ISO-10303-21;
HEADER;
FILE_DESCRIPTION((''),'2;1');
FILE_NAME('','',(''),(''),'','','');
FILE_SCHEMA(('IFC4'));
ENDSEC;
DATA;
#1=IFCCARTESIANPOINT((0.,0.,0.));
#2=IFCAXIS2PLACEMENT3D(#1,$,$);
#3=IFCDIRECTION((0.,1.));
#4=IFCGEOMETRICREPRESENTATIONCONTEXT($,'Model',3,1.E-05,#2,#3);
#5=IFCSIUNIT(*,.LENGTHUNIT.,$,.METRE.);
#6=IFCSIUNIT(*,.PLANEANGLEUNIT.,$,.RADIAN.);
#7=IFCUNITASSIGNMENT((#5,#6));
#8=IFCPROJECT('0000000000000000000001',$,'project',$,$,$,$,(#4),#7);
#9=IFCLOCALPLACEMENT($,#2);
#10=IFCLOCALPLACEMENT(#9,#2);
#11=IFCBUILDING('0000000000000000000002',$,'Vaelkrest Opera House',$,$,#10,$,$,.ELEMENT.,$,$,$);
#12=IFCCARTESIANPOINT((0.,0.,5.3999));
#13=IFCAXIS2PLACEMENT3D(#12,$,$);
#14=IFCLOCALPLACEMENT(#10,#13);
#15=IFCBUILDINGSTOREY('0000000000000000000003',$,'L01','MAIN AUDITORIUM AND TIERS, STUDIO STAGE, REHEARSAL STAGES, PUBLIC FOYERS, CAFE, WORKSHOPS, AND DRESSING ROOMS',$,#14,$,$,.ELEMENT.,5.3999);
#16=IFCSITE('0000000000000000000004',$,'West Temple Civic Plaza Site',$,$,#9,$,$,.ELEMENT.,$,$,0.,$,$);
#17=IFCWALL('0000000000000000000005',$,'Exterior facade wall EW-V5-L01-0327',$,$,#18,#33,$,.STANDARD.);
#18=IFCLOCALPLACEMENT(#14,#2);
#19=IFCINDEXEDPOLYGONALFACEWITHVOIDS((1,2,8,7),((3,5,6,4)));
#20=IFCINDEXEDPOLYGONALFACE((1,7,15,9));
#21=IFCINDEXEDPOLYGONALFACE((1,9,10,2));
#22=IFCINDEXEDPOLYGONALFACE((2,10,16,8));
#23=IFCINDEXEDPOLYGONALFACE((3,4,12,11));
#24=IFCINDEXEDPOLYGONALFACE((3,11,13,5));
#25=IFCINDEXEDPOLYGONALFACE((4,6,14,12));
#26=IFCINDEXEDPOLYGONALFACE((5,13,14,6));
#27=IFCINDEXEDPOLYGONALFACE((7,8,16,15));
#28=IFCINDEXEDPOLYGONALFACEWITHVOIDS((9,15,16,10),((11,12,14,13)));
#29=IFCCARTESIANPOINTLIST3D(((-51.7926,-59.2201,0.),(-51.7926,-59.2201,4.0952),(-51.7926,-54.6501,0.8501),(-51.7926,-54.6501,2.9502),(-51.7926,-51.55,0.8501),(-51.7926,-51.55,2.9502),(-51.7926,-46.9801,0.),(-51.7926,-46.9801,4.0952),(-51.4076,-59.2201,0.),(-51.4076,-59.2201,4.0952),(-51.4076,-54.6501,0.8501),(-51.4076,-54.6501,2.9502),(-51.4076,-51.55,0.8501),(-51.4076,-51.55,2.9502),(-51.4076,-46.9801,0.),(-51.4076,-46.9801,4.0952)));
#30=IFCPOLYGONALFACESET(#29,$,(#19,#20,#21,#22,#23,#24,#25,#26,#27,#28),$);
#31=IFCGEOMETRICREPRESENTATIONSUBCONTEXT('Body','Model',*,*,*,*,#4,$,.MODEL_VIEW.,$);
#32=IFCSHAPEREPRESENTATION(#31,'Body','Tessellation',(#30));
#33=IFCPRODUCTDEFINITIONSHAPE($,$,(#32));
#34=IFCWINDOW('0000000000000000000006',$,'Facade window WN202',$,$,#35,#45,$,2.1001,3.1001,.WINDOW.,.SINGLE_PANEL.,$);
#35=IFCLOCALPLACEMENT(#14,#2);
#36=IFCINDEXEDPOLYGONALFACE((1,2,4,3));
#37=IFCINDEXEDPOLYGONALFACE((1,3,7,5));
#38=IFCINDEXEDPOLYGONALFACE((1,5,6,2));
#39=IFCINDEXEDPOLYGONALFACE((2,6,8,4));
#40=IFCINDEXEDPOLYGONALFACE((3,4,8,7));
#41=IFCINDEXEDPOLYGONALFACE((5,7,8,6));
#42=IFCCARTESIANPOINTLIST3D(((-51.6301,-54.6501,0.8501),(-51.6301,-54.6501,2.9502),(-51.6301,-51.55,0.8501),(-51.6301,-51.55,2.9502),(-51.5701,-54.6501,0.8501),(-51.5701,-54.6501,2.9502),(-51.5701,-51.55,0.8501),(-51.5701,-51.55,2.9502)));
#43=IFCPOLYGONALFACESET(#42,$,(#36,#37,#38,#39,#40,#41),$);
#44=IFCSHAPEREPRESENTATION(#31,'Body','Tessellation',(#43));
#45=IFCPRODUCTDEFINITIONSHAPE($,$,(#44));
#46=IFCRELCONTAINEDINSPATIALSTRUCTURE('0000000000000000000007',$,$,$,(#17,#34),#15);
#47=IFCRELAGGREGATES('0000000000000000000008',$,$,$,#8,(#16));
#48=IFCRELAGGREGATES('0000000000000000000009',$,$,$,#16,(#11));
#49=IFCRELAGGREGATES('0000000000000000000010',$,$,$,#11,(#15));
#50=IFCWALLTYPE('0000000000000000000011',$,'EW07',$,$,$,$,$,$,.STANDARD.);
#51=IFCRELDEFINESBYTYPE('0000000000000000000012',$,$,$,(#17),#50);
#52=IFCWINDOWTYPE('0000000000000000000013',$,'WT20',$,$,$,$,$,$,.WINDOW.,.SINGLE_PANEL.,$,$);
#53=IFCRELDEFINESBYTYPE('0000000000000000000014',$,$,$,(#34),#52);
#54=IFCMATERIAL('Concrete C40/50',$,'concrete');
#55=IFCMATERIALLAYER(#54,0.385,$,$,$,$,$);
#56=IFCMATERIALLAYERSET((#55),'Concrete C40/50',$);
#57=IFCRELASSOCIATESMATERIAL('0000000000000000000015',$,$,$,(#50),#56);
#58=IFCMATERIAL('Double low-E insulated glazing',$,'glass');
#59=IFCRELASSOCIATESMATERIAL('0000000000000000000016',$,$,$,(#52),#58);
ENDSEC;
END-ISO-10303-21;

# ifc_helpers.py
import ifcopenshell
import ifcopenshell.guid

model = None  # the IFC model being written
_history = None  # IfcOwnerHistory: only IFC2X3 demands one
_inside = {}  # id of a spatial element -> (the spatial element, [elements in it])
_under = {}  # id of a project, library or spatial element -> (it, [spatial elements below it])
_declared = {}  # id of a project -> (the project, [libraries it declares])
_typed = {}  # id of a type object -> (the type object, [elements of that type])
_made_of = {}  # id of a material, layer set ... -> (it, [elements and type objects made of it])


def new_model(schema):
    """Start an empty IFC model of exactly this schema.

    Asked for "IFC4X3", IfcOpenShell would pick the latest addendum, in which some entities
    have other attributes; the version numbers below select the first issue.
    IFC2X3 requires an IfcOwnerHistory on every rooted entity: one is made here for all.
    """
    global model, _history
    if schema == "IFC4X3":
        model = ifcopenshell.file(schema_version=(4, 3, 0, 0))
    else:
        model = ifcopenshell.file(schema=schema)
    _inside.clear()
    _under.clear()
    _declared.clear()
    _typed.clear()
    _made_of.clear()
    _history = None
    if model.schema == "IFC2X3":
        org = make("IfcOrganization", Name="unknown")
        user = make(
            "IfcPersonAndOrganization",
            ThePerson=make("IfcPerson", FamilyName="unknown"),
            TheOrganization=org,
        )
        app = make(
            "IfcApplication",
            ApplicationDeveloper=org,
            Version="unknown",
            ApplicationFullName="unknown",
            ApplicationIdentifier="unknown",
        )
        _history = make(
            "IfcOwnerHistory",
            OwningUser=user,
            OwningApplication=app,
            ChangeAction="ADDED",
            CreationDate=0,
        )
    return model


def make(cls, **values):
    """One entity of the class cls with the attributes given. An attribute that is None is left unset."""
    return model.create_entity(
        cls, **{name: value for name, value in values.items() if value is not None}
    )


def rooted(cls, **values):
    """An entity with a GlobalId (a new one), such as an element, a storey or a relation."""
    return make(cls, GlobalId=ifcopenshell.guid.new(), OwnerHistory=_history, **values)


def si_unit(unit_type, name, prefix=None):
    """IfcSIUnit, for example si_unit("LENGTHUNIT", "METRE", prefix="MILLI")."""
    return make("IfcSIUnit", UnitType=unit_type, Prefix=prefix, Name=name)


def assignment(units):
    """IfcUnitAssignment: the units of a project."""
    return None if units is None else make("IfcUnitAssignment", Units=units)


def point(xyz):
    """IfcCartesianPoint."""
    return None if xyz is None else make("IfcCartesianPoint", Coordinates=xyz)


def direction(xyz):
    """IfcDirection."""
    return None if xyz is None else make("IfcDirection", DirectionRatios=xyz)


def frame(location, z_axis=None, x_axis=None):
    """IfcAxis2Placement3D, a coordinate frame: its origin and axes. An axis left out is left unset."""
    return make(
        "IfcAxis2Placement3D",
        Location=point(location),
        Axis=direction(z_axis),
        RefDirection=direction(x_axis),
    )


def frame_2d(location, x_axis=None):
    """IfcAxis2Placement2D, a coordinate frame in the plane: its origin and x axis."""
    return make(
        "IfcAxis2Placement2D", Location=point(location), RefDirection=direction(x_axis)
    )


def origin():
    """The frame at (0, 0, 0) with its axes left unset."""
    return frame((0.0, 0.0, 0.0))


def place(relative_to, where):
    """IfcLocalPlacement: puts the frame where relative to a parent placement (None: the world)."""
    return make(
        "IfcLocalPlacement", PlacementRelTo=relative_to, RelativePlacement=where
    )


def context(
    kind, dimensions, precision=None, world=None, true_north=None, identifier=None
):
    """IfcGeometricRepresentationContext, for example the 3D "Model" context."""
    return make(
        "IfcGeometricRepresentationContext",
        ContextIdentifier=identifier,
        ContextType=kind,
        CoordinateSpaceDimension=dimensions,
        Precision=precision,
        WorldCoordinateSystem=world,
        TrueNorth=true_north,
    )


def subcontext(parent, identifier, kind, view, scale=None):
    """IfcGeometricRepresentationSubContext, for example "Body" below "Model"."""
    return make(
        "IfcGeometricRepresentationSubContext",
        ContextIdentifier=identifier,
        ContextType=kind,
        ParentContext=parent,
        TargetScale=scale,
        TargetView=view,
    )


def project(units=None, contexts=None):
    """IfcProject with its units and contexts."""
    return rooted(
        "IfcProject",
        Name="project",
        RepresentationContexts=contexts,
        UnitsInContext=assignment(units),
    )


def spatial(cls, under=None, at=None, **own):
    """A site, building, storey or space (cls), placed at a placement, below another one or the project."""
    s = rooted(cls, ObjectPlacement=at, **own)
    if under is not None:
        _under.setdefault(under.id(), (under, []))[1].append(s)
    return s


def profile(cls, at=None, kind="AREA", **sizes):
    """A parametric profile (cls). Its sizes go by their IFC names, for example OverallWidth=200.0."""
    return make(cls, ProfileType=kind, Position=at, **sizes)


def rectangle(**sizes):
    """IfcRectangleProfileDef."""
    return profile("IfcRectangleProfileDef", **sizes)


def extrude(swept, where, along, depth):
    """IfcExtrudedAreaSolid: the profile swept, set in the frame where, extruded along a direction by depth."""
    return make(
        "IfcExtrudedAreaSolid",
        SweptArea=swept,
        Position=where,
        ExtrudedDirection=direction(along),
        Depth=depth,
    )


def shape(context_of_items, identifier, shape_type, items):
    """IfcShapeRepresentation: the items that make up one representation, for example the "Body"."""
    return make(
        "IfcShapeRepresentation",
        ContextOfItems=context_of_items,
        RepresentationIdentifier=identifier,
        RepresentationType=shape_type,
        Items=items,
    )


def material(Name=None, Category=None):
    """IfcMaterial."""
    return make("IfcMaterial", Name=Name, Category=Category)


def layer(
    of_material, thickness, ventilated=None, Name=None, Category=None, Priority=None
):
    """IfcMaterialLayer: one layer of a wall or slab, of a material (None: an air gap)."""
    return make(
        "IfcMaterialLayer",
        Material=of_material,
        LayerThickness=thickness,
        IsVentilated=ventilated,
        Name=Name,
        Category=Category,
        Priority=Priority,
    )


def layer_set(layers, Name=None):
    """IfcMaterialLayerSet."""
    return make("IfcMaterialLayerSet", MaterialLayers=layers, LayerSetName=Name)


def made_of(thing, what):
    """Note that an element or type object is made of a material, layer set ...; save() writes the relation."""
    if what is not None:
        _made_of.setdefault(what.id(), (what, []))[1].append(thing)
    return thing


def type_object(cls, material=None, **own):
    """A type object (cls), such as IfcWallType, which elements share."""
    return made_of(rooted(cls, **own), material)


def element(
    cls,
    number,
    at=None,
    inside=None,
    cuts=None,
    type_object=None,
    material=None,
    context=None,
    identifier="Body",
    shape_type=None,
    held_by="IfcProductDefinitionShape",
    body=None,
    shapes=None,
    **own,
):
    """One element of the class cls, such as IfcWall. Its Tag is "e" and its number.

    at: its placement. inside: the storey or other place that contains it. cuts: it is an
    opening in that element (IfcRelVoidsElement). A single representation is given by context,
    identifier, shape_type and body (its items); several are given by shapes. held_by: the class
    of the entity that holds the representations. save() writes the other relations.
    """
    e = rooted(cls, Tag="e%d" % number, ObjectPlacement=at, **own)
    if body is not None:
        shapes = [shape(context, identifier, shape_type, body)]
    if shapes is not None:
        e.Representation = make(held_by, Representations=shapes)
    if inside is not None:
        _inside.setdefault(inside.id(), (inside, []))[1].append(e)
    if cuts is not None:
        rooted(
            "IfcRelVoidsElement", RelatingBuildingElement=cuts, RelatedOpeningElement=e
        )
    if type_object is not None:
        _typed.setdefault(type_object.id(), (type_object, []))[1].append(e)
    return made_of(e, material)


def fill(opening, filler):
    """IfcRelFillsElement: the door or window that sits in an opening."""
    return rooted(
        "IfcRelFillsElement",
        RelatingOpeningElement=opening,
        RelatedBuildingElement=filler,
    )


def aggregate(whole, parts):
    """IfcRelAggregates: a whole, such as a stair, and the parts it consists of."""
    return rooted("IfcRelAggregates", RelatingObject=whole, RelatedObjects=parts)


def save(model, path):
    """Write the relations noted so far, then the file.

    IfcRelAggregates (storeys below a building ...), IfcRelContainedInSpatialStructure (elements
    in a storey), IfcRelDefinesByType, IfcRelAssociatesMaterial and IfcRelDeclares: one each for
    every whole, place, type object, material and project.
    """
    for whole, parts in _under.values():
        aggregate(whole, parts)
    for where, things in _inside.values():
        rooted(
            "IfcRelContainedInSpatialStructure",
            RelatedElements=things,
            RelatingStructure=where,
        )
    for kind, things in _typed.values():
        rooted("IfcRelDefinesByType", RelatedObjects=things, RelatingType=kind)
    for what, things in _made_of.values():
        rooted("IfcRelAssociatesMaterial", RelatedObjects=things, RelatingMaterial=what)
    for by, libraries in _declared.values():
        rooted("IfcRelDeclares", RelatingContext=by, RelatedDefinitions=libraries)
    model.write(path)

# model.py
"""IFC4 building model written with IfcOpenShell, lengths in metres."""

from ifc_helpers import new_model, si_unit, direction, frame, frame_2d, origin, place, context, subcontext, project, spatial, rectangle, extrude, material, layer, layer_set, type_object, element, fill, save


model = new_model("IFC4")

# Units and contexts
model_context = context("Model", 3, precision=1e-05, world=origin(), true_north=direction((0.0, 1.0)))
body_context = subcontext(model_context, "Body", "Model", "MODEL_VIEW")
ifc_project = project(units=[si_unit("LENGTHUNIT", "METRE"), si_unit("PLANEANGLEUNIT", "RADIAN")], contexts=[model_context])

# Site, building, storey
site_placement = place(None, origin())
site = spatial("IfcSite", under=ifc_project, at=site_placement, Name="West Temple Civic Plaza Site", CompositionType="ELEMENT", RefElevation=0.0)
building_placement = place(site_placement, origin())
building = spatial("IfcBuilding", under=site, at=building_placement, Name="Vaelkrest Opera House", CompositionType="ELEMENT")
storey_placement = place(building_placement, frame((0.0, 0.0, 5.3999)))
storey = spatial("IfcBuildingStorey", under=building, at=storey_placement, Name="L01", Description="MAIN AUDITORIUM AND TIERS, STUDIO STAGE, REHEARSAL STAGES, PUBLIC FOYERS, CAFE, WORKSHOPS, AND DRESSING ROOMS", CompositionType="ELEMENT", Elevation=5.3999)

# Wall, opening, window
ifc_material_1 = material(Name="Double low-E insulated glazing", Category="glass")
ifc_material_2 = material(Name="Concrete C40/50", Category="concrete")
ifc_layer_1 = layer(ifc_material_2, 0.385)
ifc_layer_set_1 = layer_set([ifc_layer_1], Name="Concrete C40/50")
wall_type_1 = type_object("IfcWallType", Name="EW07", PredefinedType="STANDARD", material=ifc_layer_set_1)
wall_1_placement = place(storey_placement, frame((-51.6001, -46.98, 0.0), z_axis=(0.0, 0.0, 1.0), x_axis=(0.0, -1.0, 0.0)))
wall_1 = element("IfcWall", 1, at=wall_1_placement, inside=storey, type_object=wall_type_1, Name="Exterior facade wall EW-V5-L01-0327", PredefinedType="STANDARD", context=body_context, shape_type="SweptSolid", body=[
    extrude(rectangle(XDim=12.24, YDim=0.385, at=frame_2d((6.1201, 0.0))), origin(), (0.0, 0.0, 1.0), 4.0952),
])
opening_1_placement = place(wall_1_placement, frame((4.5701, 0.0, 0.8501)))
opening_1 = element("IfcOpeningElement", 2, at=opening_1_placement, cuts=wall_1, PredefinedType="OPENING", context=body_context, shape_type="SweptSolid", body=[
    extrude(rectangle(XDim=3.1001, YDim=2.1001, at=frame_2d((1.55, 1.05))), frame((0.0, 0.2024, 0.0), z_axis=(0.0, -1.0, 0.0), x_axis=(1.0, 0.0, 0.0)), (0.0, 0.0, 1.0), 0.405),
])
window_type_1 = type_object("IfcWindowType", Name="WT20", PartitioningType="SINGLE_PANEL", PredefinedType="WINDOW", material=ifc_material_1)
window_1_placement = place(opening_1_placement, origin())
window_1 = element("IfcWindow", 3, at=window_1_placement, inside=storey, type_object=window_type_1, Name="Facade window WN202", OverallHeight=2.1001, OverallWidth=3.1001, PartitioningType="SINGLE_PANEL", PredefinedType="WINDOW", context=body_context, shape_type="SweptSolid", body=[
    extrude(rectangle(XDim=3.1001, YDim=2.1001, at=frame_2d((1.55, 1.05))), frame((0.0, 0.03, 0.0), z_axis=(0.0, -1.0, 0.0), x_axis=(1.0, 0.0, 0.0)), (0.0, 0.0, 1.0), 0.0601),
])
fill(opening_1, window_1)

save(model, "model.ifc")
